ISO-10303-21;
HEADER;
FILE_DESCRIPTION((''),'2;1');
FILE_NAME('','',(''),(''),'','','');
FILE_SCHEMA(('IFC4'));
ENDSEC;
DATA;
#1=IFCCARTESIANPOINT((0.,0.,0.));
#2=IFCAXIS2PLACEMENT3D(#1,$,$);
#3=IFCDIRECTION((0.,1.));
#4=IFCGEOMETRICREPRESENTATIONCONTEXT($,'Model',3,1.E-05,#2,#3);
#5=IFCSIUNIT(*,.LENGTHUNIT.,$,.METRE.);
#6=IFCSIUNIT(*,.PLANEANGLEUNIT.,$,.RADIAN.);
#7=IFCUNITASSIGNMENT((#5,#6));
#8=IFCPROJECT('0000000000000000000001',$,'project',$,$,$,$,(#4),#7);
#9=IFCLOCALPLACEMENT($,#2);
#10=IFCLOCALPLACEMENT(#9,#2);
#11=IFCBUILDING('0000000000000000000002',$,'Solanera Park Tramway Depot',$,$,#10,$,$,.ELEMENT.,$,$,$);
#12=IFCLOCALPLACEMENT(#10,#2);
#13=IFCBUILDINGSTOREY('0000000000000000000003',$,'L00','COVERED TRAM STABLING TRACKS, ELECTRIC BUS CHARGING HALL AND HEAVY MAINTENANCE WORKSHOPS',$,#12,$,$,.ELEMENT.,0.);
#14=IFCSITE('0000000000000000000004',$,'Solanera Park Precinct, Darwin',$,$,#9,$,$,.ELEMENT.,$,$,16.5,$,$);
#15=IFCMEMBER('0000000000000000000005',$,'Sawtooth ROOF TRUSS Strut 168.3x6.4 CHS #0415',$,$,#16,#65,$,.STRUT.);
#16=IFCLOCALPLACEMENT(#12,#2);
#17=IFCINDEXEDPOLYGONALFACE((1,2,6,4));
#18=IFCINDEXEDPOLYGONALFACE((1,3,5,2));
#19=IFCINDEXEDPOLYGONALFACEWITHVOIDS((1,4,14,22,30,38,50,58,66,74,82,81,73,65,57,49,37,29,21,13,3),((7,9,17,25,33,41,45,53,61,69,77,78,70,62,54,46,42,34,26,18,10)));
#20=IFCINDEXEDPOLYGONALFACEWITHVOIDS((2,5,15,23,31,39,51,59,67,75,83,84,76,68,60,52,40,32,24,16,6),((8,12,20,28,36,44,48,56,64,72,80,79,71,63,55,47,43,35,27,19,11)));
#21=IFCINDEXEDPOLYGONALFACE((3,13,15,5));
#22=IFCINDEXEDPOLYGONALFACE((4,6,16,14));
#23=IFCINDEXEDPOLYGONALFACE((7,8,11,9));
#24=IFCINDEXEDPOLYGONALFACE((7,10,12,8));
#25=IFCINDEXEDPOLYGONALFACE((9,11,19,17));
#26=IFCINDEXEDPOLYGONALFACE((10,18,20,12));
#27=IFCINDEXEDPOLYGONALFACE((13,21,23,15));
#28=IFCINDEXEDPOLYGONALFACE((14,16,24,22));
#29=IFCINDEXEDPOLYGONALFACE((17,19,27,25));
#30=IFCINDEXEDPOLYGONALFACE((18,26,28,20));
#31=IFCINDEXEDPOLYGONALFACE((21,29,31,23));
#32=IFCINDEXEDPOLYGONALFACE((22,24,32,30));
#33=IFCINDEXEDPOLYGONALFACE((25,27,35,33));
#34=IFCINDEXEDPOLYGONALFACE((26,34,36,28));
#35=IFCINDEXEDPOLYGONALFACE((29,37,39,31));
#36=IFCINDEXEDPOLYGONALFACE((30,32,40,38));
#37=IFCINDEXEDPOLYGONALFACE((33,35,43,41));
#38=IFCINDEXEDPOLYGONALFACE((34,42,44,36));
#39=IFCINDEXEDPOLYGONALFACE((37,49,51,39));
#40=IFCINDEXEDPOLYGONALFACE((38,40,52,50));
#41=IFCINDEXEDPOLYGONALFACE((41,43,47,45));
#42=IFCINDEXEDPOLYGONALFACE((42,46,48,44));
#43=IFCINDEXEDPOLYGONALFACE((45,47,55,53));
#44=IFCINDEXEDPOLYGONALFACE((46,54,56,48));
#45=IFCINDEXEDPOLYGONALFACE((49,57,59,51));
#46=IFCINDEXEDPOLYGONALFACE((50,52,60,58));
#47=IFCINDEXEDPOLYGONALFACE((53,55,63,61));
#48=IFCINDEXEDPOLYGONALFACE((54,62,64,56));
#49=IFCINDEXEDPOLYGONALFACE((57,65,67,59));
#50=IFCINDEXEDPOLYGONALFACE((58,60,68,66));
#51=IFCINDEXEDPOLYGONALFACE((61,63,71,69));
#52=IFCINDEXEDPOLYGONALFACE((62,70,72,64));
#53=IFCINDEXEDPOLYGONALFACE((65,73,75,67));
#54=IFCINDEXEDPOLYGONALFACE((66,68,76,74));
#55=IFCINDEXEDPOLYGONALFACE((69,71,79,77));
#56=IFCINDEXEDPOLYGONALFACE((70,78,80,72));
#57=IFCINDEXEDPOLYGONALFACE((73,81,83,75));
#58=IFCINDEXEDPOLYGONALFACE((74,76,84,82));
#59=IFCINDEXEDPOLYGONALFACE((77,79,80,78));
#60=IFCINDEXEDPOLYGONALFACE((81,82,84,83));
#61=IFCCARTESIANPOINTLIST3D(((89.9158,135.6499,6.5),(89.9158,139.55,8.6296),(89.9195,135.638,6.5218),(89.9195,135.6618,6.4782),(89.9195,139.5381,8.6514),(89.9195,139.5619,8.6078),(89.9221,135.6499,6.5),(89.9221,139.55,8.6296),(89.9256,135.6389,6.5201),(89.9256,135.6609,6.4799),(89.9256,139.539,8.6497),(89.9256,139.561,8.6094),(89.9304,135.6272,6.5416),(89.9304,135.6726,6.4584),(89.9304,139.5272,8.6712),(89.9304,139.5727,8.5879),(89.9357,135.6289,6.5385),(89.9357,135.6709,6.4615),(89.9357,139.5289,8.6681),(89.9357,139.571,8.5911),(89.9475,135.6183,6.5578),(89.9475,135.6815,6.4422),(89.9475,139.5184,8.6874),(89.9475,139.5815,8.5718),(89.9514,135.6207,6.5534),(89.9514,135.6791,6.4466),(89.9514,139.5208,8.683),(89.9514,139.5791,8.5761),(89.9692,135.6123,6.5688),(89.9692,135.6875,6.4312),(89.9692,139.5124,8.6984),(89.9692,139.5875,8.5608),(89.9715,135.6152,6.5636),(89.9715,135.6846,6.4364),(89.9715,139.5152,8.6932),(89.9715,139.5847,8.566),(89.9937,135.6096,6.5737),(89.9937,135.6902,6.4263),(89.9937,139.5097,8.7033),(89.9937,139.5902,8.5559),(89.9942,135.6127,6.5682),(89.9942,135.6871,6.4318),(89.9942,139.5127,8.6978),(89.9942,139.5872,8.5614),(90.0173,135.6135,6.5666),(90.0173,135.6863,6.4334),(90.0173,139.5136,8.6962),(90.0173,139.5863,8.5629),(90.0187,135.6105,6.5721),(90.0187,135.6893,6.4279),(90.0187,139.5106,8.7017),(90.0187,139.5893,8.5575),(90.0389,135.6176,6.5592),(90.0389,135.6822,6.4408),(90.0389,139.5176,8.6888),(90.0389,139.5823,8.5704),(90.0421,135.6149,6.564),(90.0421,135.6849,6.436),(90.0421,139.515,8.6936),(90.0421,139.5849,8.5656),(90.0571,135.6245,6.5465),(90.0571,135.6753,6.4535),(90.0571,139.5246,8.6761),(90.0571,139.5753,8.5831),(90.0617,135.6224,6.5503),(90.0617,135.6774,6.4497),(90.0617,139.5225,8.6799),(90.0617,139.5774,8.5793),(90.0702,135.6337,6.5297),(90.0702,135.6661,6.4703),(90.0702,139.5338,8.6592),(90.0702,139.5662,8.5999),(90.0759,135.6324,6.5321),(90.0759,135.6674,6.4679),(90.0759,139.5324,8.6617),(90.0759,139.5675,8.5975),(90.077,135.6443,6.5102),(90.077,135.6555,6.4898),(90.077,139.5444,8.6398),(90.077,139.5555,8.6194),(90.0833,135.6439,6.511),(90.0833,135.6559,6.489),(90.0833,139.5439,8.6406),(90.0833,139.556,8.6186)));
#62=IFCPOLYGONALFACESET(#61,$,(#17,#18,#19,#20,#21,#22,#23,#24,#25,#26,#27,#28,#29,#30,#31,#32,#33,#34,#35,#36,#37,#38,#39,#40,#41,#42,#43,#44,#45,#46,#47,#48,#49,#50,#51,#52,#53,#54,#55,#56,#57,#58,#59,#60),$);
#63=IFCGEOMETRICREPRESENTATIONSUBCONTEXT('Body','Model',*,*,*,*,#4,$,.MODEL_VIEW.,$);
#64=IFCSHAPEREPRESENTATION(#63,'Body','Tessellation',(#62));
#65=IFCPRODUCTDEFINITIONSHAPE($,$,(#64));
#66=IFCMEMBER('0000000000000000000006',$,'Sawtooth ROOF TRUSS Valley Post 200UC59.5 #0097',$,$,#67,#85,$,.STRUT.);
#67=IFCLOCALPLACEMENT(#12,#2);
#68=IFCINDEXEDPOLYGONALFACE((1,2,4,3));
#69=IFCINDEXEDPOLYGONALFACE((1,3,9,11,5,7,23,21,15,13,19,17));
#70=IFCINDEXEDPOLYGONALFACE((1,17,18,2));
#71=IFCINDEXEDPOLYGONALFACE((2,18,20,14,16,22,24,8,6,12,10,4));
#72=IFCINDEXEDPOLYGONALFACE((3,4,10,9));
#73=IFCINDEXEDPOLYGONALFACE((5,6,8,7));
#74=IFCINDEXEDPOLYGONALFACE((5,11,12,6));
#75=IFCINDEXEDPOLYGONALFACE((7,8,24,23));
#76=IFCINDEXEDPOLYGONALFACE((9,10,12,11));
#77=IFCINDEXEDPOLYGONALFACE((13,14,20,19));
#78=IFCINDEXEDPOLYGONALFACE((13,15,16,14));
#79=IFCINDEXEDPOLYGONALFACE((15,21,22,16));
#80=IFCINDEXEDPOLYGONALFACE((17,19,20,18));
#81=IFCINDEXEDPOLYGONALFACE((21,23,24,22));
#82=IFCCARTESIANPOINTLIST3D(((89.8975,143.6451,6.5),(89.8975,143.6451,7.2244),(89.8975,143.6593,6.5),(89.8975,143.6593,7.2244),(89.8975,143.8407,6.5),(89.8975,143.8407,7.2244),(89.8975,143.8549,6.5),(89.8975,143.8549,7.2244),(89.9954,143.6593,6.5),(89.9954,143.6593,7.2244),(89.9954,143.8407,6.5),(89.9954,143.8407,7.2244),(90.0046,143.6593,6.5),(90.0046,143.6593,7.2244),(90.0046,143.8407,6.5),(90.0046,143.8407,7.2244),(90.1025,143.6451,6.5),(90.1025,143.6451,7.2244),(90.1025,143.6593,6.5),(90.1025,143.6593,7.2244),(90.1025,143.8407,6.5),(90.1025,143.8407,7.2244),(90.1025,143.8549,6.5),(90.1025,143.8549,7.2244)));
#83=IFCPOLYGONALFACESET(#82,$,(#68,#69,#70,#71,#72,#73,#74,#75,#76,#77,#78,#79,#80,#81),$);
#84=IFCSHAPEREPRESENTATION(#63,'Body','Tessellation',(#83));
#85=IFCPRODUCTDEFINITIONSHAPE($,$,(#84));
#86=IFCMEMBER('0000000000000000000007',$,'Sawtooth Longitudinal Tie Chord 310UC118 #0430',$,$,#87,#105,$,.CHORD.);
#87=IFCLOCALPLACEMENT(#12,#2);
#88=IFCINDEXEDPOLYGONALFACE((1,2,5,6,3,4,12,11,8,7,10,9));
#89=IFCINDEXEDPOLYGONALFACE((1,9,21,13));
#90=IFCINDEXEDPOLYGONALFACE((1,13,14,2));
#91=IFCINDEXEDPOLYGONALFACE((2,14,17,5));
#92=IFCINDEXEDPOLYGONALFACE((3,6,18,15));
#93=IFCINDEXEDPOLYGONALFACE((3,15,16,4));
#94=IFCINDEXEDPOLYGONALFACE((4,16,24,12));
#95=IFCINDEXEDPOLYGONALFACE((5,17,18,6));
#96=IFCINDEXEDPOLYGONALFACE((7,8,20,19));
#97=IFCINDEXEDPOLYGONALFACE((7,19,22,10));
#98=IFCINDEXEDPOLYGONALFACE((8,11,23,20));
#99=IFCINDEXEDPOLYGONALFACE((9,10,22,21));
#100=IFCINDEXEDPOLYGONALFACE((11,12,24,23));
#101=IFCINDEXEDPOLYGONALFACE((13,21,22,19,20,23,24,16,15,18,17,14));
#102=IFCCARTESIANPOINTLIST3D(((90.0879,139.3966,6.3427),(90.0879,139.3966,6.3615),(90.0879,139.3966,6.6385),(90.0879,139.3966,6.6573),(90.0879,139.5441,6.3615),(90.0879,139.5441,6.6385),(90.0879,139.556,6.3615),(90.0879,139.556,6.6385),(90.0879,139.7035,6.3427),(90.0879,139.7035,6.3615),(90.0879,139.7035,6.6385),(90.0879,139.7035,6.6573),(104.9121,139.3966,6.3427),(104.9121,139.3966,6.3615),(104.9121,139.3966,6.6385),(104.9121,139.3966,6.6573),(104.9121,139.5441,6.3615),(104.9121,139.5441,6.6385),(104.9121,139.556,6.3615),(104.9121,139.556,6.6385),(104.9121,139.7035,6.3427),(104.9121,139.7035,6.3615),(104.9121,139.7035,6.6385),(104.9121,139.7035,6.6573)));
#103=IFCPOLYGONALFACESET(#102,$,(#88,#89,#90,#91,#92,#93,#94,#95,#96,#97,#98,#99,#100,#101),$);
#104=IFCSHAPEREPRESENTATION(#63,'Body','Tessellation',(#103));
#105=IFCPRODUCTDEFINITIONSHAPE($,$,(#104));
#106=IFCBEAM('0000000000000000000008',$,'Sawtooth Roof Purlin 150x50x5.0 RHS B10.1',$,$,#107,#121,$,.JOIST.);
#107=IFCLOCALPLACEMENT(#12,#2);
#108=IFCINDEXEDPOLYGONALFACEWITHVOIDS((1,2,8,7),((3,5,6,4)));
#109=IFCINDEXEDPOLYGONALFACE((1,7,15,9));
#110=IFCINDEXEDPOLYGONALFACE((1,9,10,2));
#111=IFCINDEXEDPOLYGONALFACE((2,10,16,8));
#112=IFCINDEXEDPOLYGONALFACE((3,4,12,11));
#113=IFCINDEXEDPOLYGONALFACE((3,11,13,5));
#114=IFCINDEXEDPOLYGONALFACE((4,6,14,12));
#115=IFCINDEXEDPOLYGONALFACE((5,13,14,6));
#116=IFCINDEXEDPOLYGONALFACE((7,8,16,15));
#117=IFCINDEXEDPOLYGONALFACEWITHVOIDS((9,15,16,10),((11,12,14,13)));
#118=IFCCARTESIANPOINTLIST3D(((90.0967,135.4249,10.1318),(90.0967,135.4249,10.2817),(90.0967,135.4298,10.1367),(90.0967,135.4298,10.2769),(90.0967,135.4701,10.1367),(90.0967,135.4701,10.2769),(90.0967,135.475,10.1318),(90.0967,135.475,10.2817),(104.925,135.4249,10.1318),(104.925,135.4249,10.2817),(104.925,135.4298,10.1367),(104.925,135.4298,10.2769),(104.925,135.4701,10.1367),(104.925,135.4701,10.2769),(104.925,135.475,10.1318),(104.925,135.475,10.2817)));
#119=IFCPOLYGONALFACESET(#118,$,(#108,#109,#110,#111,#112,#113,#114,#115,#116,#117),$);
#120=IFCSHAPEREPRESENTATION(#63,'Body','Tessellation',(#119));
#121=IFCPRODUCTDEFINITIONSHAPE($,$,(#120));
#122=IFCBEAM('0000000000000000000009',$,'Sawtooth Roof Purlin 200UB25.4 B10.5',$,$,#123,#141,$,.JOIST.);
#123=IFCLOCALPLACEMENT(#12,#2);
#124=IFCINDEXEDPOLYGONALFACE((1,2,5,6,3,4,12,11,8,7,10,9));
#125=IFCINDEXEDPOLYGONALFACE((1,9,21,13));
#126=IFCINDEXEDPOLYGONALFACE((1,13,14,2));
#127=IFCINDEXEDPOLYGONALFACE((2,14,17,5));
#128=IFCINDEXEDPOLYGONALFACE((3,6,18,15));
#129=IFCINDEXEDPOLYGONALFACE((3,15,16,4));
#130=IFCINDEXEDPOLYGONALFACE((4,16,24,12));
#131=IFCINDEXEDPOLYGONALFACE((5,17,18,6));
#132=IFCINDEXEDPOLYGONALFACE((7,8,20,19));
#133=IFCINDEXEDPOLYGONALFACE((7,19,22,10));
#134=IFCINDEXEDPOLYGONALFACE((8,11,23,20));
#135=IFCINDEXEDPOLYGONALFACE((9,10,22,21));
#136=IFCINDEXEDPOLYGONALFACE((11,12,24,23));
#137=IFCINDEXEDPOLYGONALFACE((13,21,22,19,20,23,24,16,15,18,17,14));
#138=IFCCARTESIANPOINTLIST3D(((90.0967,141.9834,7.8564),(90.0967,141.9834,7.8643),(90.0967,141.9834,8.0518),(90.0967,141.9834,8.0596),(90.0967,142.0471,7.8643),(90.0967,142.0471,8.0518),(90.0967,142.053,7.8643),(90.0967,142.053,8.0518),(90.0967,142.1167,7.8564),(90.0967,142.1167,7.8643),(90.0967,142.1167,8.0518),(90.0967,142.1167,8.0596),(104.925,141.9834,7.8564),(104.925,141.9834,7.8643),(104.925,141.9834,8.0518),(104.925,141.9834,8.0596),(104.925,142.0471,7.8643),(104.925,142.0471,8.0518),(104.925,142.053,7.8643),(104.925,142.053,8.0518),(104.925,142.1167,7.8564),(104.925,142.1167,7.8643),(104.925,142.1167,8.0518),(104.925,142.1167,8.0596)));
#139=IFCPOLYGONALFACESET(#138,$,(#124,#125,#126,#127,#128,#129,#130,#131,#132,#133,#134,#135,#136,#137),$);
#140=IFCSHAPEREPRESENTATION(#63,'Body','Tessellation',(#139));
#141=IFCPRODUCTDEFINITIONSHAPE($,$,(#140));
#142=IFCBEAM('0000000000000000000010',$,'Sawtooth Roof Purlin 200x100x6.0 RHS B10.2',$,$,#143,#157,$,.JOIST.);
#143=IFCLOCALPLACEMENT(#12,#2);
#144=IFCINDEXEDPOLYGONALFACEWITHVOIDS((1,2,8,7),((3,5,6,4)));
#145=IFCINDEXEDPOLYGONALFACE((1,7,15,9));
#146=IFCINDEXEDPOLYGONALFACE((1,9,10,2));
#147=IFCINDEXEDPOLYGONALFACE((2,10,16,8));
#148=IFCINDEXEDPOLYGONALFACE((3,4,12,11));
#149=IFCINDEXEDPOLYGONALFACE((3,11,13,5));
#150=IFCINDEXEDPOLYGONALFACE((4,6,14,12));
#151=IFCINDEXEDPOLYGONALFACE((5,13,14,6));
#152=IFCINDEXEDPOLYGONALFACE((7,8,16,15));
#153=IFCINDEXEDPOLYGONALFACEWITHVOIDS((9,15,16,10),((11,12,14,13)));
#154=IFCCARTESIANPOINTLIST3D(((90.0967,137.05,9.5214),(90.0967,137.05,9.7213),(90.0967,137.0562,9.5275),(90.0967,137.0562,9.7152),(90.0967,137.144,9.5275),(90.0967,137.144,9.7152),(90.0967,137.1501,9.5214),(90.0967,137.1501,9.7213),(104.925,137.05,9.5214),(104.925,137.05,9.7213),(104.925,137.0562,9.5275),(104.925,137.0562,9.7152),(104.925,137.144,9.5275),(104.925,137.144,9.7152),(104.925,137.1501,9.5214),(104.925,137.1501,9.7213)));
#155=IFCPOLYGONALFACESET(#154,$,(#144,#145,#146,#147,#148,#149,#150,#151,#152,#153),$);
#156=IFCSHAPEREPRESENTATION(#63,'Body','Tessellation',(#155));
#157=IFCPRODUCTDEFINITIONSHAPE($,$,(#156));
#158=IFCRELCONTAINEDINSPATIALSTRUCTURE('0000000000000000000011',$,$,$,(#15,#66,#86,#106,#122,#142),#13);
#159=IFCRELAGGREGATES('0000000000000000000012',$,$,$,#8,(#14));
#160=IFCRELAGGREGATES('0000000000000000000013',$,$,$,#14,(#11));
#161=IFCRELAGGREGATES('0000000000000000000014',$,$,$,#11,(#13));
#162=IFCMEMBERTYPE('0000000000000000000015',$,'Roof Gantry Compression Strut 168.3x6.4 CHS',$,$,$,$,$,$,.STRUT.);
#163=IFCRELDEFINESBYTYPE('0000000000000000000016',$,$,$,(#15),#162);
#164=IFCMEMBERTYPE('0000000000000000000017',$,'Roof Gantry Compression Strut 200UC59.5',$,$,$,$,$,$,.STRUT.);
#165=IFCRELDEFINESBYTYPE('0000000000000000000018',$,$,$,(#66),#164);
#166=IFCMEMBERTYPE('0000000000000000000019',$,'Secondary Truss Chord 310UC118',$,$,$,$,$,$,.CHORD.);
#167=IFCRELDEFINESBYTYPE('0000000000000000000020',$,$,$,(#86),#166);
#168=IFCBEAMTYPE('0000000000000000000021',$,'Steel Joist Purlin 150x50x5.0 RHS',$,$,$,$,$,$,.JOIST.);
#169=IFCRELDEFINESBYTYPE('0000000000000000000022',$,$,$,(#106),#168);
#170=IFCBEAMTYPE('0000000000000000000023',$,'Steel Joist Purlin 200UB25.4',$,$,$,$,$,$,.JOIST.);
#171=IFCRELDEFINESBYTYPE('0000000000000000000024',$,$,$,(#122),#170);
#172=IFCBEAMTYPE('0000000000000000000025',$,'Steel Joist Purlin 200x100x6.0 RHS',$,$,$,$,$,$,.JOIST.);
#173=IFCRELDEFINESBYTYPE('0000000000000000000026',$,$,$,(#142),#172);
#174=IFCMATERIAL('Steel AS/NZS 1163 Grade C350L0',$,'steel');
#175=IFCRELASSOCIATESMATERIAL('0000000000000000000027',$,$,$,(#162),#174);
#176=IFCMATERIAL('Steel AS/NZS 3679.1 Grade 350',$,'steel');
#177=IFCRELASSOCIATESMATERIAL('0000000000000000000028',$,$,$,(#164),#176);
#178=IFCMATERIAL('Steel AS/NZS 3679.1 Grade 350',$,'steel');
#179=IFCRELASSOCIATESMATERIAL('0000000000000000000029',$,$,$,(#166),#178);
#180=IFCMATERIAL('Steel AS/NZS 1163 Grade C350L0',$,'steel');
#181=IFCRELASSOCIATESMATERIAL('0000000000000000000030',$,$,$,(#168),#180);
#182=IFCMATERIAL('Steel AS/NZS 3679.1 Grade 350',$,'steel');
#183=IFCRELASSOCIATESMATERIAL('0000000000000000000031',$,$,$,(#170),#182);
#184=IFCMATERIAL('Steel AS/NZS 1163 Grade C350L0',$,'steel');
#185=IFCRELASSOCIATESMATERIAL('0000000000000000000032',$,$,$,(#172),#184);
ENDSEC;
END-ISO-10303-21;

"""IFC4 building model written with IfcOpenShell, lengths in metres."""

from ifc_helpers import new_model, si_unit, direction, frame, origin, origin_2d, place, context, subcontext, project, spatial, hollow_rectangle, hollow_circle, i_section, extrude, material, material_profile, profile_set, type_object, element, save


model = new_model("IFC4")

# Units and contexts
model_context = context("Model", 3, precision=1e-05, world=origin(), true_north=direction((0.0, 1.0)))
body_context = subcontext(model_context, "Body", "Model", "MODEL_VIEW")
ifc_project = project(units=[si_unit("LENGTHUNIT", "METRE"), si_unit("PLANEANGLEUNIT", "RADIAN")], contexts=[model_context])

# Site, building, storey
site_placement = place(None, origin())
site = spatial("IfcSite", under=ifc_project, at=site_placement, Name="Solanera Park Precinct, Darwin", CompositionType="ELEMENT", RefElevation=16.5)
building_placement = place(site_placement, origin())
building = spatial("IfcBuilding", under=site, at=building_placement, Name="Solanera Park Tramway Depot", CompositionType="ELEMENT")
storey_placement = place(building_placement, origin())
storey = spatial("IfcBuildingStorey", under=building, at=storey_placement, Name="L00", Description="COVERED TRAM STABLING TRACKS, ELECTRIC BUS CHARGING HALL AND HEAVY MAINTENANCE WORKSHOPS", CompositionType="ELEMENT", Elevation=0.0)

# Members
ifc_material_1 = material(Name="Steel AS/NZS 1163 Grade C350L0", Category="steel")
ifc_material_profile_1 = material_profile(ifc_material_1, hollow_circle(Radius=0.0842, WallThickness=0.0063, at=origin_2d()), Name="168.3x6.4 CHS")
ifc_profile_set_1 = profile_set([ifc_material_profile_1], Name="Steel AS/NZS 1163 Grade C350L0")
member_type_1 = type_object("IfcMemberType", Name="Roof Gantry Compression Strut 168.3x6.4 CHS", PredefinedType="STRUT", material=ifc_profile_set_1)
member_1_placement = place(storey_placement, frame((90.0, 135.6499, 6.5), z_axis=(0.0, 0.877679, 0.479249), x_axis=(-1.0, 0.0, 0.0)))
element("IfcMember", 1, at=member_1_placement, inside=storey, type_object=member_type_1, Name="Sawtooth ROOF TRUSS Strut 168.3x6.4 CHS #0415", PredefinedType="STRUT", context=body_context, shape_type="SweptSolid", body=[
    extrude(hollow_circle(Radius=0.0842, WallThickness=0.0063, at=origin_2d()), origin(), (0.0, 0.0, 1.0), 4.4436),
])
ifc_material_2 = material(Name="Steel AS/NZS 3679.1 Grade 350", Category="steel")
ifc_material_profile_2 = material_profile(ifc_material_2, i_section(OverallWidth=0.2051, OverallDepth=0.2097, WebThickness=0.0093, FlangeThickness=0.0142, at=origin_2d()), Name="200UC59.5")
ifc_profile_set_2 = profile_set([ifc_material_profile_2], Name="Steel AS/NZS 3679.1 Grade 350")
member_type_2 = type_object("IfcMemberType", Name="Roof Gantry Compression Strut 200UC59.5", PredefinedType="STRUT", material=ifc_profile_set_2)
member_2_placement = place(storey_placement, frame((90.0, 143.75, 6.5), z_axis=(0.0, 0.0, 1.0), x_axis=(1.0, 0.0, 0.0)))
element("IfcMember", 2, at=member_2_placement, inside=storey, type_object=member_type_2, Name="Sawtooth ROOF TRUSS Valley Post 200UC59.5 #0097", PredefinedType="STRUT", context=body_context, shape_type="SweptSolid", body=[
    extrude(i_section(OverallWidth=0.2051, OverallDepth=0.2097, WebThickness=0.0093, FlangeThickness=0.0142, at=origin_2d()), origin(), (0.0, 0.0, 1.0), 0.7244),
])
ifc_material_3 = material(Name="Steel AS/NZS 3679.1 Grade 350", Category="steel")
ifc_material_profile_3 = material_profile(ifc_material_3, i_section(OverallWidth=0.3069, OverallDepth=0.3147, WebThickness=0.012, FlangeThickness=0.0188, at=origin_2d()), Name="310UC118")
ifc_profile_set_3 = profile_set([ifc_material_profile_3], Name="Steel AS/NZS 3679.1 Grade 350")
member_type_3 = type_object("IfcMemberType", Name="Secondary Truss Chord 310UC118", PredefinedType="CHORD", material=ifc_profile_set_3)
member_3_placement = place(storey_placement, frame((90.0879, 139.55, 6.5), z_axis=(1.0, 0.0, 0.0), x_axis=(0.0, 1.0, 0.0)))
element("IfcMember", 3, at=member_3_placement, inside=storey, type_object=member_type_3, Name="Sawtooth Longitudinal Tie Chord 310UC118 #0430", PredefinedType="CHORD", context=body_context, shape_type="SweptSolid", body=[
    extrude(i_section(OverallWidth=0.3069, OverallDepth=0.3147, WebThickness=0.012, FlangeThickness=0.0188, at=origin_2d()), origin(), (0.0, 0.0, 1.0), 14.8242),
])

# Beams
ifc_material_4 = material(Name="Steel AS/NZS 1163 Grade C350L0", Category="steel")
ifc_material_profile_4 = material_profile(ifc_material_4, hollow_rectangle(XDim=0.05, YDim=0.1499, WallThickness=0.0049, at=origin_2d()), Name="150x50x5.0 RHS")
ifc_profile_set_4 = profile_set([ifc_material_profile_4], Name="Steel AS/NZS 1163 Grade C350L0")
beam_type_1 = type_object("IfcBeamType", Name="Steel Joist Purlin 150x50x5.0 RHS", PredefinedType="JOIST", material=ifc_profile_set_4)
beam_1_placement = place(storey_placement, frame((90.0967, 135.45, 10.2068), z_axis=(1.0, 0.0, 0.0), x_axis=(0.0, 1.0, 0.0)))
element("IfcBeam", 4, at=beam_1_placement, inside=storey, type_object=beam_type_1, Name="Sawtooth Roof Purlin 150x50x5.0 RHS B10.1", PredefinedType="JOIST", context=body_context, shape_type="SweptSolid", body=[
    extrude(hollow_rectangle(XDim=0.05, YDim=0.1499, WallThickness=0.0049, at=origin_2d()), origin(), (0.0, 0.0, 1.0), 14.8284),
])
ifc_material_5 = material(Name="Steel AS/NZS 3679.1 Grade 350", Category="steel")
ifc_material_profile_5 = material_profile(ifc_material_5, i_section(OverallWidth=0.1333, OverallDepth=0.2031, WebThickness=0.0059, FlangeThickness=0.0078, at=origin_2d()), Name="200UB25.4")
ifc_profile_set_5 = profile_set([ifc_material_profile_5], Name="Steel AS/NZS 3679.1 Grade 350")
beam_type_2 = type_object("IfcBeamType", Name="Steel Joist Purlin 200UB25.4", PredefinedType="JOIST", material=ifc_profile_set_5)
beam_2_placement = place(storey_placement, frame((90.0967, 142.05, 7.958), z_axis=(1.0, 0.0, 0.0), x_axis=(0.0, 1.0, 0.0)))
element("IfcBeam", 5, at=beam_2_placement, inside=storey, type_object=beam_type_2, Name="Sawtooth Roof Purlin 200UB25.4 B10.5", PredefinedType="JOIST", context=body_context, shape_type="SweptSolid", body=[
    extrude(i_section(OverallWidth=0.1333, OverallDepth=0.2031, WebThickness=0.0059, FlangeThickness=0.0078, at=origin_2d()), origin(), (0.0, 0.0, 1.0), 14.8284),
])
ifc_material_6 = material(Name="Steel AS/NZS 1163 Grade C350L0", Category="steel")
ifc_material_profile_6 = material_profile(ifc_material_6, hollow_rectangle(XDim=0.1001, YDim=0.2, WallThickness=0.0061, at=origin_2d()), Name="200x100x6.0 RHS")
ifc_profile_set_6 = profile_set([ifc_material_profile_6], Name="Steel AS/NZS 1163 Grade C350L0")
beam_type_3 = type_object("IfcBeamType", Name="Steel Joist Purlin 200x100x6.0 RHS", PredefinedType="JOIST", material=ifc_profile_set_6)
beam_3_placement = place(storey_placement, frame((90.0967, 137.1001, 9.6213), z_axis=(1.0, 0.0, 0.0), x_axis=(0.0, 1.0, 0.0)))
element("IfcBeam", 6, at=beam_3_placement, inside=storey, type_object=beam_type_3, Name="Sawtooth Roof Purlin 200x100x6.0 RHS B10.2", PredefinedType="JOIST", context=body_context, shape_type="SweptSolid", body=[
    extrude(hollow_rectangle(XDim=0.1001, YDim=0.2, WallThickness=0.0061, at=origin_2d()), origin(), (0.0, 0.0, 1.0), 14.8284),
])

save(model, "model.ifc")
